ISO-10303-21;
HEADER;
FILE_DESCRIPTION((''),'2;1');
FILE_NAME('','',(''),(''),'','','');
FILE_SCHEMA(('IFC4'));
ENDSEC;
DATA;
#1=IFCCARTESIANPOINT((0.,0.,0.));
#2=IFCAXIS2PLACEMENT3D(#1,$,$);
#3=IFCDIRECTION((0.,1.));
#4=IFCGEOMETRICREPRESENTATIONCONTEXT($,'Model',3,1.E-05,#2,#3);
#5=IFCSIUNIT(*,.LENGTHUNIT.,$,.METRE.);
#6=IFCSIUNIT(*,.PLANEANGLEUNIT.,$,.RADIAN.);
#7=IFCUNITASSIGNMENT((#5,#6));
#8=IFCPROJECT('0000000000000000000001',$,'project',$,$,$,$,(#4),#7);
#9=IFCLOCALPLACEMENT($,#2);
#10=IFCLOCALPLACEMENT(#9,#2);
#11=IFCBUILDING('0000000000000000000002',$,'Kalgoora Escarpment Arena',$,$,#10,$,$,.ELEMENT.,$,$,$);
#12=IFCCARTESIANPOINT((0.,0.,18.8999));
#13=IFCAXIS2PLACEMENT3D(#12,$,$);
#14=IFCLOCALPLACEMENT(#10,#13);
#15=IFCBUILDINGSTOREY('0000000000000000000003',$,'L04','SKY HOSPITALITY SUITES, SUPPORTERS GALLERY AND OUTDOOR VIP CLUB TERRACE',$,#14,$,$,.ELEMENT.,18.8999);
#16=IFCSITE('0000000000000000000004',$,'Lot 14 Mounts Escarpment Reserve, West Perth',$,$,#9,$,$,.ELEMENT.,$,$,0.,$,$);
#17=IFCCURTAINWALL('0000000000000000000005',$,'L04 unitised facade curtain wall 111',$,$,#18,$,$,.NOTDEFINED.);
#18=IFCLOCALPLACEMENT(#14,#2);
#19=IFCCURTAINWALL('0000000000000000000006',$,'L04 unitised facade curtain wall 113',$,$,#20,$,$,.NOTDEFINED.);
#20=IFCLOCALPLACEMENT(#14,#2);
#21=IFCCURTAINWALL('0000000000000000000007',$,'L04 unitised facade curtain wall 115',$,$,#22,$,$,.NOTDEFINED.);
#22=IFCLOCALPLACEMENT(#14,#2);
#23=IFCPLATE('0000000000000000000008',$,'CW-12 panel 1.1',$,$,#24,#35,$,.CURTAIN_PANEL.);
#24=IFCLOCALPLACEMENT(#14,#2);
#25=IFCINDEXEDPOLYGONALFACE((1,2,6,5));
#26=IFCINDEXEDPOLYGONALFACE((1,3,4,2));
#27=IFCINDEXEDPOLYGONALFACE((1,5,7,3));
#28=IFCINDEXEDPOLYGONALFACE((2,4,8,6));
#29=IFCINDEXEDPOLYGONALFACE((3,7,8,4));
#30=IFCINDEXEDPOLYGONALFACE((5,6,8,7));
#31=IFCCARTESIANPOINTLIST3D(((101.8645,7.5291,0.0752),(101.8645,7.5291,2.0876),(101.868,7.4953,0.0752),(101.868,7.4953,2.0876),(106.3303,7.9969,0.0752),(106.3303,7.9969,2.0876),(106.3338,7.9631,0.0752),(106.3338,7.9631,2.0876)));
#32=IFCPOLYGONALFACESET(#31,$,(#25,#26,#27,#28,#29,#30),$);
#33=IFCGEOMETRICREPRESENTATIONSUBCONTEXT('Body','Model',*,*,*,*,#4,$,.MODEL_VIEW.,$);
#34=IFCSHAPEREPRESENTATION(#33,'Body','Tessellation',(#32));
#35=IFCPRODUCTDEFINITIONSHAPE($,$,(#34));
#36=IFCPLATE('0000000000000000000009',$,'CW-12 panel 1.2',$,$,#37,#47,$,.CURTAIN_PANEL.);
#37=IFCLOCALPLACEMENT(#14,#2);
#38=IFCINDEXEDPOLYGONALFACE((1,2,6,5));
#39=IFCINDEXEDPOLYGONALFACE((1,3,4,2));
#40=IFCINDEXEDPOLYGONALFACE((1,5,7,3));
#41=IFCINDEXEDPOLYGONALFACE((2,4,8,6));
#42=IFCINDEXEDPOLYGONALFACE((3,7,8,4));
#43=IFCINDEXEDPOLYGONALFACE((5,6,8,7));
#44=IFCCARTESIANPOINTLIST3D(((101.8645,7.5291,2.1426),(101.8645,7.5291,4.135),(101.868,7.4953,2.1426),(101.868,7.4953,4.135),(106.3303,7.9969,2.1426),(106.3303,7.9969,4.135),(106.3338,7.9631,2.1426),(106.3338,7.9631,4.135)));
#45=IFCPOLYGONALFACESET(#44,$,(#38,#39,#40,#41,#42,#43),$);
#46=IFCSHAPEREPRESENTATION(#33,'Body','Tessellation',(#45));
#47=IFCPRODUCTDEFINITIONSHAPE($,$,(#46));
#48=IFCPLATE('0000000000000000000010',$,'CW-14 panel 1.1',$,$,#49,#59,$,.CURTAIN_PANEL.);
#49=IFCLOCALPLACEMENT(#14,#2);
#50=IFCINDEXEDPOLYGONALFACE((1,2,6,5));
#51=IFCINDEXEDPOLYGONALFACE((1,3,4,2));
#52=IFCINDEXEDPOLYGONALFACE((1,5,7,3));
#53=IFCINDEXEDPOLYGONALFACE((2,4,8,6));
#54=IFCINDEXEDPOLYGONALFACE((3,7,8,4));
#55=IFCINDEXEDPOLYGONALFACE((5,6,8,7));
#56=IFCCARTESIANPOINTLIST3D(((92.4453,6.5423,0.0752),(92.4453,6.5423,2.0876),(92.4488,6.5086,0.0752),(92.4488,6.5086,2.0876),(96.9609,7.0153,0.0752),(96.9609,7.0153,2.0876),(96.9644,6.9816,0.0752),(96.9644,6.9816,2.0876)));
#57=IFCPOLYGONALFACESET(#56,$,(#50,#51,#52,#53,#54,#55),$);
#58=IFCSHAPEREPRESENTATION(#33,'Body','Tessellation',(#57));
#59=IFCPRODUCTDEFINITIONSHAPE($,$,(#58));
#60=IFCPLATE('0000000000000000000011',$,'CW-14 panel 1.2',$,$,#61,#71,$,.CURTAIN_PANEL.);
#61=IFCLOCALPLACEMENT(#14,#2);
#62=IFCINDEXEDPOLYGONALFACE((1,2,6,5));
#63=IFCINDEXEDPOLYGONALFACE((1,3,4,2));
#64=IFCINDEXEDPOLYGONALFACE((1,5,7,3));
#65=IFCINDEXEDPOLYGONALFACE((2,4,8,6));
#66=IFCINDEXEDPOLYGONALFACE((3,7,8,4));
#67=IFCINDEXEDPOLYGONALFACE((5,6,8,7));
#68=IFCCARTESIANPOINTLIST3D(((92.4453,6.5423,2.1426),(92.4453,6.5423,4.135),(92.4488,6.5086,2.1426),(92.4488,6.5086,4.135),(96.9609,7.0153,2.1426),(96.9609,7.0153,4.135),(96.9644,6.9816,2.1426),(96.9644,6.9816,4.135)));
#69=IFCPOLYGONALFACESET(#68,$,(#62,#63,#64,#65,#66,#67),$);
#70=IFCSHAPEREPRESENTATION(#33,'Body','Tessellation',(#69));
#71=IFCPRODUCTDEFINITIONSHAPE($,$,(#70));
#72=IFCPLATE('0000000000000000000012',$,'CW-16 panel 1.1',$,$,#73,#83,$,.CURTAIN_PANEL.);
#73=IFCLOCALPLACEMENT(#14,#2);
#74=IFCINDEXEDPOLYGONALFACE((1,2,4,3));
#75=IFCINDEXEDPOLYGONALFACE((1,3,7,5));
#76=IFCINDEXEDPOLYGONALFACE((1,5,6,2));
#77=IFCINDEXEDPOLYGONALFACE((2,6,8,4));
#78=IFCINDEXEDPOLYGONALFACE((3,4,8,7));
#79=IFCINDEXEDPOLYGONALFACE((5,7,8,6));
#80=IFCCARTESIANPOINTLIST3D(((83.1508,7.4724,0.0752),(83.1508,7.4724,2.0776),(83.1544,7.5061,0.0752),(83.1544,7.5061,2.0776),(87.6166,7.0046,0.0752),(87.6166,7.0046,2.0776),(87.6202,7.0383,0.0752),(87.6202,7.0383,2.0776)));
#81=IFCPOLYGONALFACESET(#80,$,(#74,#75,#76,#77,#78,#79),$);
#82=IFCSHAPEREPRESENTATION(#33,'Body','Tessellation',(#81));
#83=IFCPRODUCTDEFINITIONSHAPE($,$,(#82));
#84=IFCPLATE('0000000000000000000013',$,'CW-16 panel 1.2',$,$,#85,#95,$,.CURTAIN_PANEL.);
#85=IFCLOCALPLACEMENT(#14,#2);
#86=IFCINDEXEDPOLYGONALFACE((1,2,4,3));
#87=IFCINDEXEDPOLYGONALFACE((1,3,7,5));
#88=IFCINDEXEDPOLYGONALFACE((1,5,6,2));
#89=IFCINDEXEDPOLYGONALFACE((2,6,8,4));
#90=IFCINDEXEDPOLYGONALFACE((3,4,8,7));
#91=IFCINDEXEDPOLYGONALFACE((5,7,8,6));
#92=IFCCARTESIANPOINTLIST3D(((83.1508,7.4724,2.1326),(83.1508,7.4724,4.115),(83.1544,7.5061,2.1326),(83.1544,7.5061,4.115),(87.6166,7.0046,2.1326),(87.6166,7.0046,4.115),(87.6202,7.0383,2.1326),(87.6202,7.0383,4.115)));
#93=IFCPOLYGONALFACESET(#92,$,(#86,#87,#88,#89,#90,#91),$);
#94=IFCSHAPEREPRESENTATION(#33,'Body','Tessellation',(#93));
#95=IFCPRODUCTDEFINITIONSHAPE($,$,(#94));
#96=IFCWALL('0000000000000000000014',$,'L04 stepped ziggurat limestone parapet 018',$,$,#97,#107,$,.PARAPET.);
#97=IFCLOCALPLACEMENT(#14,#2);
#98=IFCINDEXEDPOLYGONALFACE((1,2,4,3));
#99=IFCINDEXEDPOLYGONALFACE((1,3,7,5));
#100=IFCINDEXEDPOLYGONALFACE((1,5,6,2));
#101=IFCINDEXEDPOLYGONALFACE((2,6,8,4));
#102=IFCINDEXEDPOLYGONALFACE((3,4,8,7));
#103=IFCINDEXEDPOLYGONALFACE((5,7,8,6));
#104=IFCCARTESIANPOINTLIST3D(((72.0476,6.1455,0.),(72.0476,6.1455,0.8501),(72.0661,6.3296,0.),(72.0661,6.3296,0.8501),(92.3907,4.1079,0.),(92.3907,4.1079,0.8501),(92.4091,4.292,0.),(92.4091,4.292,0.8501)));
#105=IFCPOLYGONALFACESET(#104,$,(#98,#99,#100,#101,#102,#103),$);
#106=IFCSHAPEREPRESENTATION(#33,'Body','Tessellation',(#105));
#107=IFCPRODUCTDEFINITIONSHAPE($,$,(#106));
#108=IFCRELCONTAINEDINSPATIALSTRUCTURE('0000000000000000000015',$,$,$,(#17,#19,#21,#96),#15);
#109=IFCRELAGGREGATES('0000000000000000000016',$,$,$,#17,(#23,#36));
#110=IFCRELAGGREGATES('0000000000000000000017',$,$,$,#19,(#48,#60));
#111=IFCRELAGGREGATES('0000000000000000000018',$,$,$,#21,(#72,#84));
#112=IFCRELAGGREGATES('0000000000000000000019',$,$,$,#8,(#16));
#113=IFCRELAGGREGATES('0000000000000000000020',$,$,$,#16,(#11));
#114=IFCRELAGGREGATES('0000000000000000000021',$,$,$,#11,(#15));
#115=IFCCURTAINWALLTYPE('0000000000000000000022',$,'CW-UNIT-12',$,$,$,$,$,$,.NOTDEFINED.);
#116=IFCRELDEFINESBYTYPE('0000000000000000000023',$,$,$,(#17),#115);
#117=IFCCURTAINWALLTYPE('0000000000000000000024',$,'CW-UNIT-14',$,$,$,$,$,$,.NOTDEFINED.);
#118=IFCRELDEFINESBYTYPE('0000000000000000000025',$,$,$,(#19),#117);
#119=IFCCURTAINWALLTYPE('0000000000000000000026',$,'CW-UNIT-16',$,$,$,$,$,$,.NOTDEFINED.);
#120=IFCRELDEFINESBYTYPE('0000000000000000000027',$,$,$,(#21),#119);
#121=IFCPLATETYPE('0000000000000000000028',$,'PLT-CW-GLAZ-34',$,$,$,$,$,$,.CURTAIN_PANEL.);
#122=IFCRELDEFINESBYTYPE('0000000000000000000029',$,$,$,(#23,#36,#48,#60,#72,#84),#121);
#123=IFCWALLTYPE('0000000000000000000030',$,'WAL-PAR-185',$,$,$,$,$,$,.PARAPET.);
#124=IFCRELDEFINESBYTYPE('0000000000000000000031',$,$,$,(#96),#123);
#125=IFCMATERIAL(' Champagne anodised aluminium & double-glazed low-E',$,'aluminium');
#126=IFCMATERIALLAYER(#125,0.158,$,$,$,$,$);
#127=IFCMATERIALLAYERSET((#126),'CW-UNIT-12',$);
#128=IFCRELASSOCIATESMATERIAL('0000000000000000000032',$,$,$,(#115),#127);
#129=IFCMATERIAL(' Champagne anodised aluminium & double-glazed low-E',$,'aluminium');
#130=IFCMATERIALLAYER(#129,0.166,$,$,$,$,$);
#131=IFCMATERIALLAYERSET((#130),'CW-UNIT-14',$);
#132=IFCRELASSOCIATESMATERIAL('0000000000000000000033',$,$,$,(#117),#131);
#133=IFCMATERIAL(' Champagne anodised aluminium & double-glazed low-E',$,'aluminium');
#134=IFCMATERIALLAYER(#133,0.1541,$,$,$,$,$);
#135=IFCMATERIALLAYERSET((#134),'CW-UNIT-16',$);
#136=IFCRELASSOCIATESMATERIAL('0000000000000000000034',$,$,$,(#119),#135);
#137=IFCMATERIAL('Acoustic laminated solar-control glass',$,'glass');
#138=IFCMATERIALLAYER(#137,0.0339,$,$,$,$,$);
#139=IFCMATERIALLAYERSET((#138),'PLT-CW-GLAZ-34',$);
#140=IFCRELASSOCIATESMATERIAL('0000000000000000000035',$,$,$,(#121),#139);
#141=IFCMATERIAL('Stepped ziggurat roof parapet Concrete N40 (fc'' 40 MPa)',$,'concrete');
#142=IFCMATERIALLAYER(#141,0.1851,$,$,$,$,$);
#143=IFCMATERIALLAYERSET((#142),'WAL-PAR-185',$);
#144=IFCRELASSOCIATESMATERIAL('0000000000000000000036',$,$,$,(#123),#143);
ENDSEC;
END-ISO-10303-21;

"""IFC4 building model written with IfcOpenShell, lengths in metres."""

from ifc_helpers import new_model, si_unit, direction, frame, frame_2d, origin, origin_2d, place, context, subcontext, project, spatial, rectangle, extrude, material, layer, layer_set, type_object, element, aggregate, save


model = new_model("IFC4")

# Units and contexts
model_context = context("Model", 3, precision=1e-05, world=origin(), true_north=direction((0.0, 1.0)))
body_context = subcontext(model_context, "Body", "Model", "MODEL_VIEW")
ifc_project = project(units=[si_unit("LENGTHUNIT", "METRE"), si_unit("PLANEANGLEUNIT", "RADIAN")], contexts=[model_context])

# Site, building, storey
site_placement = place(None, origin())
site = spatial("IfcSite", under=ifc_project, at=site_placement, Name="Lot 14 Mounts Escarpment Reserve, West Perth", CompositionType="ELEMENT", RefElevation=0.0)
building_placement = place(site_placement, origin())
building = spatial("IfcBuilding", under=site, at=building_placement, Name="Kalgoora Escarpment Arena", CompositionType="ELEMENT")
storey_placement = place(building_placement, frame((0.0, 0.0, 18.8999)))
storey = spatial("IfcBuildingStorey", under=building, at=storey_placement, Name="L04", Description="SKY HOSPITALITY SUITES, SUPPORTERS GALLERY AND OUTDOOR VIP CLUB TERRACE", CompositionType="ELEMENT", Elevation=18.8999)

# Curtain walls
ifc_material_1 = material(Name=" Champagne anodised aluminium & double-glazed low-E", Category="aluminium")
ifc_layer_1 = layer(ifc_material_1, 0.158)
ifc_layer_set_1 = layer_set([ifc_layer_1], Name="CW-UNIT-12")
curtain_wall_type_1 = type_object("IfcCurtainWallType", Name="CW-UNIT-12", PredefinedType="NOTDEFINED", material=ifc_layer_set_1)
curtain_wall_1_placement = place(storey_placement, origin())
curtain_wall_1 = element("IfcCurtainWall", 1, at=curtain_wall_1_placement, inside=storey, type_object=curtain_wall_type_1, Name="L04 unitised facade curtain wall 111", PredefinedType="NOTDEFINED")
ifc_material_2 = material(Name=" Champagne anodised aluminium & double-glazed low-E", Category="aluminium")
ifc_layer_2 = layer(ifc_material_2, 0.166)
ifc_layer_set_2 = layer_set([ifc_layer_2], Name="CW-UNIT-14")
curtain_wall_type_2 = type_object("IfcCurtainWallType", Name="CW-UNIT-14", PredefinedType="NOTDEFINED", material=ifc_layer_set_2)
curtain_wall_2_placement = place(storey_placement, origin())
curtain_wall_2 = element("IfcCurtainWall", 2, at=curtain_wall_2_placement, inside=storey, type_object=curtain_wall_type_2, Name="L04 unitised facade curtain wall 113", PredefinedType="NOTDEFINED")

# Curtain wall
ifc_material_3 = material(Name=" Champagne anodised aluminium & double-glazed low-E", Category="aluminium")
ifc_layer_3 = layer(ifc_material_3, 0.1541)
ifc_layer_set_3 = layer_set([ifc_layer_3], Name="CW-UNIT-16")
curtain_wall_type_3 = type_object("IfcCurtainWallType", Name="CW-UNIT-16", PredefinedType="NOTDEFINED", material=ifc_layer_set_3)
curtain_wall_3_placement = place(storey_placement, origin())
curtain_wall_3 = element("IfcCurtainWall", 3, at=curtain_wall_3_placement, inside=storey, type_object=curtain_wall_type_3, Name="L04 unitised facade curtain wall 115", PredefinedType="NOTDEFINED")

# Plates
ifc_material_4 = material(Name="Acoustic laminated solar-control glass", Category="glass")
ifc_layer_4 = layer(ifc_material_4, 0.0339)
ifc_layer_set_4 = layer_set([ifc_layer_4], Name="PLT-CW-GLAZ-34")
plate_type_1 = type_object("IfcPlateType", Name="PLT-CW-GLAZ-34", PredefinedType="CURTAIN_PANEL", material=ifc_layer_set_4)
plate_1_placement = place(storey_placement, frame((104.0991, 7.7461, 0.0752), z_axis=(0.0, 0.0, 1.0), x_axis=(-0.994558, -0.104182, 0.0)))
plate_1 = element("IfcPlate", 4, at=plate_1_placement, type_object=plate_type_1, Name="CW-12 panel 1.1", PredefinedType="CURTAIN_PANEL", context=body_context, shape_type="SweptSolid", body=[
    extrude(rectangle(XDim=4.4902, YDim=0.0339, at=origin_2d()), origin(), (0.0, 0.0, 1.0), 2.0125),
])
plate_2_placement = place(storey_placement, frame((104.0991, 7.7461, 2.1426), z_axis=(0.0, 0.0, 1.0), x_axis=(-0.994558, -0.104182, 0.0)))
plate_2 = element("IfcPlate", 5, at=plate_2_placement, type_object=plate_type_1, Name="CW-12 panel 1.2", PredefinedType="CURTAIN_PANEL", context=body_context, shape_type="SweptSolid", body=[
    extrude(rectangle(XDim=4.4902, YDim=0.0339, at=origin_2d()), origin(), (0.0, 0.0, 1.0), 1.9924),
])
aggregate(curtain_wall_1, [plate_1, plate_2])
plate_3_placement = place(storey_placement, frame((94.7048, 6.762, 0.0752), z_axis=(0.0, 0.0, 1.0), x_axis=(-0.994559, -0.104179, 0.0)))
plate_3 = element("IfcPlate", 6, at=plate_3_placement, type_object=plate_type_1, Name="CW-14 panel 1.1", PredefinedType="CURTAIN_PANEL", context=body_context, shape_type="SweptSolid", body=[
    extrude(rectangle(XDim=4.5403, YDim=0.0339, at=origin_2d()), origin(), (0.0, 0.0, 1.0), 2.0125),
])
plate_4_placement = place(storey_placement, frame((94.7048, 6.762, 2.1426), z_axis=(0.0, 0.0, 1.0), x_axis=(-0.994559, -0.104179, 0.0)))
plate_4 = element("IfcPlate", 7, at=plate_4_placement, type_object=plate_type_1, Name="CW-14 panel 1.2", PredefinedType="CURTAIN_PANEL", context=body_context, shape_type="SweptSolid", body=[
    extrude(rectangle(XDim=4.5403, YDim=0.0339, at=origin_2d()), origin(), (0.0, 0.0, 1.0), 1.9924),
])
aggregate(curtain_wall_2, [plate_3, plate_4])
plate_5_placement = place(storey_placement, frame((85.3855, 7.2554, 0.0752), z_axis=(0.0, 0.0, 1.0), x_axis=(-0.994558, 0.104182, 0.0)))
plate_5 = element("IfcPlate", 8, at=plate_5_placement, type_object=plate_type_1, Name="CW-16 panel 1.1", PredefinedType="CURTAIN_PANEL", context=body_context, shape_type="SweptSolid", body=[
    extrude(rectangle(XDim=4.4902, YDim=0.0339, at=origin_2d()), origin(), (0.0, 0.0, 1.0), 2.0024),
])
plate_6_placement = place(storey_placement, frame((85.3855, 7.2554, 2.1326), z_axis=(0.0, 0.0, 1.0), x_axis=(-0.994558, 0.104182, 0.0)))
plate_6 = element("IfcPlate", 9, at=plate_6_placement, type_object=plate_type_1, Name="CW-16 panel 1.2", PredefinedType="CURTAIN_PANEL", context=body_context, shape_type="SweptSolid", body=[
    extrude(rectangle(XDim=4.4902, YDim=0.0339, at=origin_2d()), origin(), (0.0, 0.0, 1.0), 1.9824),
])
aggregate(curtain_wall_3, [plate_5, plate_6])

# Wall
ifc_material_5 = material(Name="Stepped ziggurat roof parapet Concrete N40 (fc' 40 MPa)", Category="concrete")
ifc_layer_5 = layer(ifc_material_5, 0.1851)
ifc_layer_set_5 = layer_set([ifc_layer_5], Name="WAL-PAR-185")
wall_type = type_object("IfcWallType", Name="WAL-PAR-185", PredefinedType="PARAPET", material=ifc_layer_set_5)
wall_placement = place(storey_placement, frame((92.3999, 4.2, 0.0), z_axis=(0.0, 0.0, 1.0), x_axis=(-0.995021, 0.099663, 0.0)))
element("IfcWall", 10, at=wall_placement, inside=storey, type_object=wall_type, Name="L04 stepped ziggurat limestone parapet 018", PredefinedType="PARAPET", context=body_context, shape_type="SweptSolid", body=[
    extrude(rectangle(XDim=20.4448, YDim=0.1851, at=frame_2d((10.2224, 0.0))), origin(), (0.0, 0.0, 1.0), 0.8501),
])

save(model, "model.ifc")
